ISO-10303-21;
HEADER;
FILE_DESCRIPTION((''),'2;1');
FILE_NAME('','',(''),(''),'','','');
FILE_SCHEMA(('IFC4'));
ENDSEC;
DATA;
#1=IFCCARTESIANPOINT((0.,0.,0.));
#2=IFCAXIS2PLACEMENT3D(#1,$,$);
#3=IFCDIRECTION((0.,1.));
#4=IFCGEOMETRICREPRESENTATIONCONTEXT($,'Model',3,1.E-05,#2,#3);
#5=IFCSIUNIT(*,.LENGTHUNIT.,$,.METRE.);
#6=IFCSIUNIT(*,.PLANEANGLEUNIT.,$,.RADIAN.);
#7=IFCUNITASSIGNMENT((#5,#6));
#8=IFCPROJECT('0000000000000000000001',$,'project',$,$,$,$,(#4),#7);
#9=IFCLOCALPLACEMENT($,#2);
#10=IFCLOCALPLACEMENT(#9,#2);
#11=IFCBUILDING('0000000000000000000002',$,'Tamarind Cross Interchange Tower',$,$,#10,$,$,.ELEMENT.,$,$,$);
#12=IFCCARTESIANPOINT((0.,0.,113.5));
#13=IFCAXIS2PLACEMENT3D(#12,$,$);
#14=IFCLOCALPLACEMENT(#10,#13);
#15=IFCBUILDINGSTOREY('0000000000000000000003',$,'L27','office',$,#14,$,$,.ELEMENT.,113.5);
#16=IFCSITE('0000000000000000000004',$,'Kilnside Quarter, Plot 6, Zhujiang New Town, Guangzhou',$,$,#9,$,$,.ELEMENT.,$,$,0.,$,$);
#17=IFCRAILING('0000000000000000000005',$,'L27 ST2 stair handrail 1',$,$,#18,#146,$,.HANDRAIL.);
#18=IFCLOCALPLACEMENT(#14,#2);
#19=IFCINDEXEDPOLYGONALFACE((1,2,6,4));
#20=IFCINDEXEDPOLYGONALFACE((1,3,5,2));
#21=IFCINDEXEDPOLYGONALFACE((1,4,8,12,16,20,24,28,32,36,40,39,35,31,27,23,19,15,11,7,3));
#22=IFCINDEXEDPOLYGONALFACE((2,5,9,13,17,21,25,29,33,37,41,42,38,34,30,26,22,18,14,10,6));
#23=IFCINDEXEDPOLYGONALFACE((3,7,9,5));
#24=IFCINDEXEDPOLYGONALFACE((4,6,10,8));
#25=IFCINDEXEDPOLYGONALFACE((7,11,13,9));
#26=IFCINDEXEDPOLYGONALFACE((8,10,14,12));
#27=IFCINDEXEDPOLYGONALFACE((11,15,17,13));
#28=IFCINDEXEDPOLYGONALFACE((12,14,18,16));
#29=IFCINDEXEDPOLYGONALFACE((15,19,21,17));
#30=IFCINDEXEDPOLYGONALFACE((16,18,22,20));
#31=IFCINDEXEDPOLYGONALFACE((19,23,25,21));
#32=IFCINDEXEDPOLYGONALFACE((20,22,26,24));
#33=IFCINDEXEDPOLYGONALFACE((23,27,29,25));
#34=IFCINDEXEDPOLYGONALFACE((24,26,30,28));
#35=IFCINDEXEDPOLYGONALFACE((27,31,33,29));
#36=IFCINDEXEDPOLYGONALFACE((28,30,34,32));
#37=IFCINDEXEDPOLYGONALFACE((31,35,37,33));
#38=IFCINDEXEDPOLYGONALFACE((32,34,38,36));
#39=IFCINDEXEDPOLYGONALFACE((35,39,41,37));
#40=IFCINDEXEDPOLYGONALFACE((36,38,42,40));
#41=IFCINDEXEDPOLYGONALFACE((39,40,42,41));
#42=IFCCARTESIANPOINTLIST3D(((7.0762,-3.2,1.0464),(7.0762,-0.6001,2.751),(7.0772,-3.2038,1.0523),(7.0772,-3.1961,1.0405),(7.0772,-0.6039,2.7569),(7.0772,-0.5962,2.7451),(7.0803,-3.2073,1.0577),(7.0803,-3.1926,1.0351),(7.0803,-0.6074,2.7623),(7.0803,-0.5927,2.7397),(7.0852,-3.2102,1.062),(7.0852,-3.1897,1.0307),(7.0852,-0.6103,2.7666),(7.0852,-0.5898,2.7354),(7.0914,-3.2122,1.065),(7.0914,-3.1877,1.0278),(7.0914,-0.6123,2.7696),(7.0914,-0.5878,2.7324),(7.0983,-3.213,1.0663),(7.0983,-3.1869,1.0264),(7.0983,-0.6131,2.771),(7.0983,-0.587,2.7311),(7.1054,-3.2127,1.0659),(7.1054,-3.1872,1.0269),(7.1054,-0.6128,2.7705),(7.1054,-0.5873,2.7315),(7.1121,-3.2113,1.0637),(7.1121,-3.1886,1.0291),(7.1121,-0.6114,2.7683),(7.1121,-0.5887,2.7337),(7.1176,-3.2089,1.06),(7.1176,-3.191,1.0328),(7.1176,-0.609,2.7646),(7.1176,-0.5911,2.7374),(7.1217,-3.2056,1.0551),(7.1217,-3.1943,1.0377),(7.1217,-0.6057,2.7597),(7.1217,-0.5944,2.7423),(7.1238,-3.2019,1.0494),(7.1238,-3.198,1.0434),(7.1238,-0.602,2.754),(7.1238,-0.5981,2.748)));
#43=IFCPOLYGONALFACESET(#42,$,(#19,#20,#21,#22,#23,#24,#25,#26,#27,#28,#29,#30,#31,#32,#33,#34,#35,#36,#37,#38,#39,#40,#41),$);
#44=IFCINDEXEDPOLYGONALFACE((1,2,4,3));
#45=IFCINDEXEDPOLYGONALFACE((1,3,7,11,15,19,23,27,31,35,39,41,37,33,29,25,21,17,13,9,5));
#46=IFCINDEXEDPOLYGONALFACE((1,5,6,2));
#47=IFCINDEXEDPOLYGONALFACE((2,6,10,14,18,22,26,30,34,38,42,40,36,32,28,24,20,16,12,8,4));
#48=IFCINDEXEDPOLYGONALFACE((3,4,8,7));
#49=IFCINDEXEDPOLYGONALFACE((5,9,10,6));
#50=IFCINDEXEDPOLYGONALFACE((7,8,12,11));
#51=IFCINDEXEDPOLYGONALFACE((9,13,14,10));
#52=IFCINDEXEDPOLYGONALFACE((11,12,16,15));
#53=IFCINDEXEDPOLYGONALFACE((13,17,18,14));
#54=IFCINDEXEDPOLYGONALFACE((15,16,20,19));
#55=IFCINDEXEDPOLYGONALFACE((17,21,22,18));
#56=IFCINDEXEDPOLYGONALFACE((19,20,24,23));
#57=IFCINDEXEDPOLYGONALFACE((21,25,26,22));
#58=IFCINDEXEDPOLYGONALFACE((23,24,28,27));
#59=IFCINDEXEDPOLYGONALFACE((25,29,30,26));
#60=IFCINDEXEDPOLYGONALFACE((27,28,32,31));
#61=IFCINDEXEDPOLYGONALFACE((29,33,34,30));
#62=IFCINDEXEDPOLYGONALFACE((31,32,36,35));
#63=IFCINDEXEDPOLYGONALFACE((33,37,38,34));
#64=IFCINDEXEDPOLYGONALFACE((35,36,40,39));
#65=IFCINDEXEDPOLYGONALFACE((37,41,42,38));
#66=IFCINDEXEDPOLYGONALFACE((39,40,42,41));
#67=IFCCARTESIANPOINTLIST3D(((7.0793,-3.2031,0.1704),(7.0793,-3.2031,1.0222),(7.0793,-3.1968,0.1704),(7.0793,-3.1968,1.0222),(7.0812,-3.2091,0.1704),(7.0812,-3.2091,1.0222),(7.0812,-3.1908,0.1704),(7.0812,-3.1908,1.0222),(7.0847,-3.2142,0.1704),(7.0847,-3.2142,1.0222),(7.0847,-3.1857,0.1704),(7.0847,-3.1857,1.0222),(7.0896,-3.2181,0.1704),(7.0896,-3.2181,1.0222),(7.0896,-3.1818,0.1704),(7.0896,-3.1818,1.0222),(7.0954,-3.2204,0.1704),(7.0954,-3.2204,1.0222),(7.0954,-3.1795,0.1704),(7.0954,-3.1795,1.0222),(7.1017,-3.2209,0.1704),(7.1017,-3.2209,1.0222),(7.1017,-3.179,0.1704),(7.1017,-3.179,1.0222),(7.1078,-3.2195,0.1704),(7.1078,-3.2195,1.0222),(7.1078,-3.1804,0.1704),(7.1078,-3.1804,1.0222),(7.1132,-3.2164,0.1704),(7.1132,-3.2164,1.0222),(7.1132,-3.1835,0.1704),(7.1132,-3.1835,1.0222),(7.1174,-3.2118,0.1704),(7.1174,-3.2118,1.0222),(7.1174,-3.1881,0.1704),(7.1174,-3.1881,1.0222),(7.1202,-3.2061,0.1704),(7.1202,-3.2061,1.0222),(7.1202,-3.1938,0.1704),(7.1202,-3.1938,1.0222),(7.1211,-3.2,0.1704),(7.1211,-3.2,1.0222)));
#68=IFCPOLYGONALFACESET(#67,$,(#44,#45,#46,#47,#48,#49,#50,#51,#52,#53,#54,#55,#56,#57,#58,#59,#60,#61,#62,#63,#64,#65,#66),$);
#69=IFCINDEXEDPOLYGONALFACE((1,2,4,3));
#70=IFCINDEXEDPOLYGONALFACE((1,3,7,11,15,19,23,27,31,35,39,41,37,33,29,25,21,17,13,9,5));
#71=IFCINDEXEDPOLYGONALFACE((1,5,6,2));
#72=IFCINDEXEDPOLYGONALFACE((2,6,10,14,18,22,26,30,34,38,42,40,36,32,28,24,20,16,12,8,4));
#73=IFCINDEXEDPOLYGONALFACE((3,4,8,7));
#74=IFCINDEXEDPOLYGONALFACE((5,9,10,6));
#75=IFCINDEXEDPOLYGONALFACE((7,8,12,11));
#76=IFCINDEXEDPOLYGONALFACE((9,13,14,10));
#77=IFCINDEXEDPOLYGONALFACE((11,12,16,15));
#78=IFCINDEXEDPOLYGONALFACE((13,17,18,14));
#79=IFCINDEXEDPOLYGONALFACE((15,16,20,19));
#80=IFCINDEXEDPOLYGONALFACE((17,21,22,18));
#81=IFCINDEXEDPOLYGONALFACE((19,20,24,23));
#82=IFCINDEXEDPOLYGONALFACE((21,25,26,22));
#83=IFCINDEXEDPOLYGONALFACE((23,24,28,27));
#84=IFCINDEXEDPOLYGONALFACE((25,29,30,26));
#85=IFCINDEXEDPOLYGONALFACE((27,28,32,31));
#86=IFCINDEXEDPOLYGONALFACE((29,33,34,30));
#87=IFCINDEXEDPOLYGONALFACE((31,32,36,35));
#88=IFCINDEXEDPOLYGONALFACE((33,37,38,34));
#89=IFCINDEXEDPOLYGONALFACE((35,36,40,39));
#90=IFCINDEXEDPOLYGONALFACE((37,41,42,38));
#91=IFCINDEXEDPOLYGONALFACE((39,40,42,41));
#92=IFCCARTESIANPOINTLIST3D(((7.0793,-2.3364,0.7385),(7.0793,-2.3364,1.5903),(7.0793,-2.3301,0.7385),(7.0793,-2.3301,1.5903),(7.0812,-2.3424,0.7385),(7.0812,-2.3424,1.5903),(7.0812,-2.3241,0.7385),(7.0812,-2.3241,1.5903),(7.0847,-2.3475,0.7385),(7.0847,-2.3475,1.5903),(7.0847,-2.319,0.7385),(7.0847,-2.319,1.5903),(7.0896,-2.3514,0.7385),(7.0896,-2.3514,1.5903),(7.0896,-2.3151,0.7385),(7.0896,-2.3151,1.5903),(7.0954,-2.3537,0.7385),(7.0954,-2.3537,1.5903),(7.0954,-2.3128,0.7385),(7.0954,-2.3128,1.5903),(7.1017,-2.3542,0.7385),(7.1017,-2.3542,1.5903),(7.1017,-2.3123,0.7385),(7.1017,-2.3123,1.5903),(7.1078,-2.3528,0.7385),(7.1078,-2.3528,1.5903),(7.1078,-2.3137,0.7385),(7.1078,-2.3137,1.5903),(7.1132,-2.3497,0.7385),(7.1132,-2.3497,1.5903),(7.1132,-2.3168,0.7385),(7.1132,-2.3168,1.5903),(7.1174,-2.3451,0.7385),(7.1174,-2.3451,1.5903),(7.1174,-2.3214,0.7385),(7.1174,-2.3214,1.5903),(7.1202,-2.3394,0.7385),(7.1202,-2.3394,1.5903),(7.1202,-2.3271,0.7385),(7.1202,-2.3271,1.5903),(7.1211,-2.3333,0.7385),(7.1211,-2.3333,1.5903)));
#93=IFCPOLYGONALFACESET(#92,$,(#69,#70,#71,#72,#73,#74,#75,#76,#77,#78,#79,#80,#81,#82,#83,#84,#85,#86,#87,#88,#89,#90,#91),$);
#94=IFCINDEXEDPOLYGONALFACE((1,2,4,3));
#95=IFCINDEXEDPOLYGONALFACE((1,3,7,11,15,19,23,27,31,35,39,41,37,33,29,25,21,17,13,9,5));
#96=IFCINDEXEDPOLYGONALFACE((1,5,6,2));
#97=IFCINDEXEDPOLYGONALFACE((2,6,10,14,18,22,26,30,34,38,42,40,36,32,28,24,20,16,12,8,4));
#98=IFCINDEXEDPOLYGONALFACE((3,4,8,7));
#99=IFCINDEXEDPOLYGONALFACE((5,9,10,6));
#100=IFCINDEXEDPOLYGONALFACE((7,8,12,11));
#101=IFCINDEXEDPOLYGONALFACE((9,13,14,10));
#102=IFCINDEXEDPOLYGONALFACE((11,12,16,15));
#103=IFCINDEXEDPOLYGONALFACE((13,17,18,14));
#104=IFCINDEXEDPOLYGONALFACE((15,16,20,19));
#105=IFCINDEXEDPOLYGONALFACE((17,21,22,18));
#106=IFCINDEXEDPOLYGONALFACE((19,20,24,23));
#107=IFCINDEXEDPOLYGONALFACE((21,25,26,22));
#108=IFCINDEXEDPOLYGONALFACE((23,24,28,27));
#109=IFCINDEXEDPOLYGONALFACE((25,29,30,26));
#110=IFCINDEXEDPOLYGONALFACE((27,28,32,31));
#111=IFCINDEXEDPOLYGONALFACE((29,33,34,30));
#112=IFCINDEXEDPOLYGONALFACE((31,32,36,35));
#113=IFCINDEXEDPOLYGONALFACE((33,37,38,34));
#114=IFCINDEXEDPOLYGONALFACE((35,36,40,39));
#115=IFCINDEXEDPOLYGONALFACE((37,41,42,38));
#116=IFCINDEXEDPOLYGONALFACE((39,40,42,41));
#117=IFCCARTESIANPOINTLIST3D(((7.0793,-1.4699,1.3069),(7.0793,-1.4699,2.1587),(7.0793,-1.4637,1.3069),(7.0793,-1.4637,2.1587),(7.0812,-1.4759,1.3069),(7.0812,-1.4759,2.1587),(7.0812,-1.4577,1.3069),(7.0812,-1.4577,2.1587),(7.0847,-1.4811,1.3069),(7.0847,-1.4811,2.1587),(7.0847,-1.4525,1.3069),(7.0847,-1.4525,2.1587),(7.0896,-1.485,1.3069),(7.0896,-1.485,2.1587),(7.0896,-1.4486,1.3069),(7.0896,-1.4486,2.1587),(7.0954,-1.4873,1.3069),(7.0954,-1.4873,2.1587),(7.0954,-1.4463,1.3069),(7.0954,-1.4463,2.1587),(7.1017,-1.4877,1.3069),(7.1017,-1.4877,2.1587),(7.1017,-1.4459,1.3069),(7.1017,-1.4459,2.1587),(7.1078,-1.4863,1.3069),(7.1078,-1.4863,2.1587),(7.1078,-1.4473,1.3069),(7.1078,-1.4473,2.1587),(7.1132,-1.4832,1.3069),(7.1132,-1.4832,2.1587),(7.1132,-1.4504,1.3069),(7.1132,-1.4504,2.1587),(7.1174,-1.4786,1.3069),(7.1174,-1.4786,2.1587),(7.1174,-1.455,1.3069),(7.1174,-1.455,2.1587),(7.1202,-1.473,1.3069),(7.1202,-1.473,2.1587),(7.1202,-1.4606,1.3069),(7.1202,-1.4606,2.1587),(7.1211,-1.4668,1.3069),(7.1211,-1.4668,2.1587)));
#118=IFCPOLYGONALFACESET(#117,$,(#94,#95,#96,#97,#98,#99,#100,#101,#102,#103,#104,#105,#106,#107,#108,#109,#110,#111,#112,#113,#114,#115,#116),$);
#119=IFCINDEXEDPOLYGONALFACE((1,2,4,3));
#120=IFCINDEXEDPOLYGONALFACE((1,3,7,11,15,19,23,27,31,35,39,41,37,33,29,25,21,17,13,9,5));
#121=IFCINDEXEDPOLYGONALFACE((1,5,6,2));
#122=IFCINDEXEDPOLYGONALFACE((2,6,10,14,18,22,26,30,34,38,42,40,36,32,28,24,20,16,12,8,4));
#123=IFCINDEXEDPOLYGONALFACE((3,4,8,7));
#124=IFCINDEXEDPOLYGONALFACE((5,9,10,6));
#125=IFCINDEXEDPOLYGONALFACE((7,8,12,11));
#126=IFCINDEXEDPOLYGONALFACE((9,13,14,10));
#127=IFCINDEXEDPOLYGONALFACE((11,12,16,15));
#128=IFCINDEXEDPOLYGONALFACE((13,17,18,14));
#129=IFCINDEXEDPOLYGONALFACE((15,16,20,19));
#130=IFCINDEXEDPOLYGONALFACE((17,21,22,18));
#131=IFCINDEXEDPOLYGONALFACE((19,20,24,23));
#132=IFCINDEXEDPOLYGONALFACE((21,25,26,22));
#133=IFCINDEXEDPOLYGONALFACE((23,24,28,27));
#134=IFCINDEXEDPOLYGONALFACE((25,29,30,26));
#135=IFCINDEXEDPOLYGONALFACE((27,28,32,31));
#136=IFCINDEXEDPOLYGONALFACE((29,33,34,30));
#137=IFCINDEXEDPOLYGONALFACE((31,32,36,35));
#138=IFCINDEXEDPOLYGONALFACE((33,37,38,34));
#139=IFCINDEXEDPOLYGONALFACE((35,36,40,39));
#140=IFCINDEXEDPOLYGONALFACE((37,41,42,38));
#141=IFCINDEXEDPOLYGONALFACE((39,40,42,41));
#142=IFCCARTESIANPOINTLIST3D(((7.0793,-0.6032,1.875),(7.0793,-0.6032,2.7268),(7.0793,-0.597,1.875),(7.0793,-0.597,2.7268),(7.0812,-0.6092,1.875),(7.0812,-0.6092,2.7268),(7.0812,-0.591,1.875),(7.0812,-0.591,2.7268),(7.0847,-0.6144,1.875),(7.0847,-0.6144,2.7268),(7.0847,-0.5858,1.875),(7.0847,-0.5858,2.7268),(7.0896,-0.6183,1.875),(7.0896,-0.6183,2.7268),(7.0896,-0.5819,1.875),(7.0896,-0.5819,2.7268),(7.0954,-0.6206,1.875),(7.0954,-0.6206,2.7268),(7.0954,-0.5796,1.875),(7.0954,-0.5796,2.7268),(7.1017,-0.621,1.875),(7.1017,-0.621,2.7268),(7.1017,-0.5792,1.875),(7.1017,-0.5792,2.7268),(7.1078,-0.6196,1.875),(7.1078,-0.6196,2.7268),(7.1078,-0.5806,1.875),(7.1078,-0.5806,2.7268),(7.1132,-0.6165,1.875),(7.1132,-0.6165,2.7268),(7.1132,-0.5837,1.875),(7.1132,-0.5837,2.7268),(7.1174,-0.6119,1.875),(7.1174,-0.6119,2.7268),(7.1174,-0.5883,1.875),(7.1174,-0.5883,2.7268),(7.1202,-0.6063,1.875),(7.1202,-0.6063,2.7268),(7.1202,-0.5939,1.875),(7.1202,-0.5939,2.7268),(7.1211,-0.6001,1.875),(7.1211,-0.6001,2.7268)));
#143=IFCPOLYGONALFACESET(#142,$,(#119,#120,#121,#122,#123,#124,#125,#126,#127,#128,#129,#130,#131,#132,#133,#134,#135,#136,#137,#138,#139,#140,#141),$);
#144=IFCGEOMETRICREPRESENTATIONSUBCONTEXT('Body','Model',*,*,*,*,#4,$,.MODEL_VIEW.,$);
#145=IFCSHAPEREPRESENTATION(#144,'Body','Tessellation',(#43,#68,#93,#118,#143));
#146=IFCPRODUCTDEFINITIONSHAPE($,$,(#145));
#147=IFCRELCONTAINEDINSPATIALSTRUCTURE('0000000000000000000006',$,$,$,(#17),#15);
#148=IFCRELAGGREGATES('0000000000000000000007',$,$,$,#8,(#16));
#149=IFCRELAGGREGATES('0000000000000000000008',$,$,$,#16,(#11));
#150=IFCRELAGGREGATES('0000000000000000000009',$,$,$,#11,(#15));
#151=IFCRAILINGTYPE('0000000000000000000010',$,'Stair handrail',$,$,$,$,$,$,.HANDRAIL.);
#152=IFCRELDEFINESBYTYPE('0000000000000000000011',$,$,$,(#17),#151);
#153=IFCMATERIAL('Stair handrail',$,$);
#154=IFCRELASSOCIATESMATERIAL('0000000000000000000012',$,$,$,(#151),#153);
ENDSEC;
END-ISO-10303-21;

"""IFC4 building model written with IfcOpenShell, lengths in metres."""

from ifc_helpers import new_model, si_unit, direction, frame, origin, origin_2d, place, context, subcontext, project, spatial, circle, extrude, material, type_object, element, save


model = new_model("IFC4")

# Units and contexts
model_context = context("Model", 3, precision=1e-05, world=origin(), true_north=direction((0.0, 1.0)))
body_context = subcontext(model_context, "Body", "Model", "MODEL_VIEW")
ifc_project = project(units=[si_unit("LENGTHUNIT", "METRE"), si_unit("PLANEANGLEUNIT", "RADIAN")], contexts=[model_context])

# Site, building, storey
site_placement = place(None, origin())
site = spatial("IfcSite", under=ifc_project, at=site_placement, Name="Kilnside Quarter, Plot 6, Zhujiang New Town, Guangzhou", CompositionType="ELEMENT", RefElevation=0.0)
building_placement = place(site_placement, origin())
building = spatial("IfcBuilding", under=site, at=building_placement, Name="Tamarind Cross Interchange Tower", CompositionType="ELEMENT")
storey_placement = place(building_placement, frame((0.0, 0.0, 113.5)))
storey = spatial("IfcBuildingStorey", under=building, at=storey_placement, Name="L27", Description="office", CompositionType="ELEMENT", Elevation=113.5)

# Railing
ifc_material_1 = material(Name="Stair handrail")
railing_type_1 = type_object("IfcRailingType", Name="Stair handrail", PredefinedType="HANDRAIL", material=ifc_material_1)
railing_1_placement = place(storey_placement, frame((7.1001, -3.2, 0.1704)))
element("IfcRailing", 1, at=railing_1_placement, inside=storey, type_object=railing_type_1, Name="L27 ST2 stair handrail 1", PredefinedType="HANDRAIL", context=body_context, shape_type="SweptSolid", body=[
    extrude(circle(Radius=0.0239, at=origin_2d()), frame((0.0, 0.0, 0.876), z_axis=(0.0, 0.836279, 0.548305), x_axis=(-1.0, 0.0, 0.0)), (0.0, 0.0, 1.0), 3.1089),
    extrude(circle(Radius=0.021, at=origin_2d()), origin(), (0.0, 0.0, 1.0), 0.8518),
    extrude(circle(Radius=0.021, at=origin_2d()), frame((0.0, 0.8667, 0.5681)), (0.0, 0.0, 1.0), 0.8518),
    extrude(circle(Radius=0.021, at=origin_2d()), frame((0.0, 1.7332, 1.1365)), (0.0, 0.0, 1.0), 0.8518),
    extrude(circle(Radius=0.021, at=origin_2d()), frame((0.0, 2.5999, 1.7046)), (0.0, 0.0, 1.0), 0.8518),
])

save(model, "model.ifc")
